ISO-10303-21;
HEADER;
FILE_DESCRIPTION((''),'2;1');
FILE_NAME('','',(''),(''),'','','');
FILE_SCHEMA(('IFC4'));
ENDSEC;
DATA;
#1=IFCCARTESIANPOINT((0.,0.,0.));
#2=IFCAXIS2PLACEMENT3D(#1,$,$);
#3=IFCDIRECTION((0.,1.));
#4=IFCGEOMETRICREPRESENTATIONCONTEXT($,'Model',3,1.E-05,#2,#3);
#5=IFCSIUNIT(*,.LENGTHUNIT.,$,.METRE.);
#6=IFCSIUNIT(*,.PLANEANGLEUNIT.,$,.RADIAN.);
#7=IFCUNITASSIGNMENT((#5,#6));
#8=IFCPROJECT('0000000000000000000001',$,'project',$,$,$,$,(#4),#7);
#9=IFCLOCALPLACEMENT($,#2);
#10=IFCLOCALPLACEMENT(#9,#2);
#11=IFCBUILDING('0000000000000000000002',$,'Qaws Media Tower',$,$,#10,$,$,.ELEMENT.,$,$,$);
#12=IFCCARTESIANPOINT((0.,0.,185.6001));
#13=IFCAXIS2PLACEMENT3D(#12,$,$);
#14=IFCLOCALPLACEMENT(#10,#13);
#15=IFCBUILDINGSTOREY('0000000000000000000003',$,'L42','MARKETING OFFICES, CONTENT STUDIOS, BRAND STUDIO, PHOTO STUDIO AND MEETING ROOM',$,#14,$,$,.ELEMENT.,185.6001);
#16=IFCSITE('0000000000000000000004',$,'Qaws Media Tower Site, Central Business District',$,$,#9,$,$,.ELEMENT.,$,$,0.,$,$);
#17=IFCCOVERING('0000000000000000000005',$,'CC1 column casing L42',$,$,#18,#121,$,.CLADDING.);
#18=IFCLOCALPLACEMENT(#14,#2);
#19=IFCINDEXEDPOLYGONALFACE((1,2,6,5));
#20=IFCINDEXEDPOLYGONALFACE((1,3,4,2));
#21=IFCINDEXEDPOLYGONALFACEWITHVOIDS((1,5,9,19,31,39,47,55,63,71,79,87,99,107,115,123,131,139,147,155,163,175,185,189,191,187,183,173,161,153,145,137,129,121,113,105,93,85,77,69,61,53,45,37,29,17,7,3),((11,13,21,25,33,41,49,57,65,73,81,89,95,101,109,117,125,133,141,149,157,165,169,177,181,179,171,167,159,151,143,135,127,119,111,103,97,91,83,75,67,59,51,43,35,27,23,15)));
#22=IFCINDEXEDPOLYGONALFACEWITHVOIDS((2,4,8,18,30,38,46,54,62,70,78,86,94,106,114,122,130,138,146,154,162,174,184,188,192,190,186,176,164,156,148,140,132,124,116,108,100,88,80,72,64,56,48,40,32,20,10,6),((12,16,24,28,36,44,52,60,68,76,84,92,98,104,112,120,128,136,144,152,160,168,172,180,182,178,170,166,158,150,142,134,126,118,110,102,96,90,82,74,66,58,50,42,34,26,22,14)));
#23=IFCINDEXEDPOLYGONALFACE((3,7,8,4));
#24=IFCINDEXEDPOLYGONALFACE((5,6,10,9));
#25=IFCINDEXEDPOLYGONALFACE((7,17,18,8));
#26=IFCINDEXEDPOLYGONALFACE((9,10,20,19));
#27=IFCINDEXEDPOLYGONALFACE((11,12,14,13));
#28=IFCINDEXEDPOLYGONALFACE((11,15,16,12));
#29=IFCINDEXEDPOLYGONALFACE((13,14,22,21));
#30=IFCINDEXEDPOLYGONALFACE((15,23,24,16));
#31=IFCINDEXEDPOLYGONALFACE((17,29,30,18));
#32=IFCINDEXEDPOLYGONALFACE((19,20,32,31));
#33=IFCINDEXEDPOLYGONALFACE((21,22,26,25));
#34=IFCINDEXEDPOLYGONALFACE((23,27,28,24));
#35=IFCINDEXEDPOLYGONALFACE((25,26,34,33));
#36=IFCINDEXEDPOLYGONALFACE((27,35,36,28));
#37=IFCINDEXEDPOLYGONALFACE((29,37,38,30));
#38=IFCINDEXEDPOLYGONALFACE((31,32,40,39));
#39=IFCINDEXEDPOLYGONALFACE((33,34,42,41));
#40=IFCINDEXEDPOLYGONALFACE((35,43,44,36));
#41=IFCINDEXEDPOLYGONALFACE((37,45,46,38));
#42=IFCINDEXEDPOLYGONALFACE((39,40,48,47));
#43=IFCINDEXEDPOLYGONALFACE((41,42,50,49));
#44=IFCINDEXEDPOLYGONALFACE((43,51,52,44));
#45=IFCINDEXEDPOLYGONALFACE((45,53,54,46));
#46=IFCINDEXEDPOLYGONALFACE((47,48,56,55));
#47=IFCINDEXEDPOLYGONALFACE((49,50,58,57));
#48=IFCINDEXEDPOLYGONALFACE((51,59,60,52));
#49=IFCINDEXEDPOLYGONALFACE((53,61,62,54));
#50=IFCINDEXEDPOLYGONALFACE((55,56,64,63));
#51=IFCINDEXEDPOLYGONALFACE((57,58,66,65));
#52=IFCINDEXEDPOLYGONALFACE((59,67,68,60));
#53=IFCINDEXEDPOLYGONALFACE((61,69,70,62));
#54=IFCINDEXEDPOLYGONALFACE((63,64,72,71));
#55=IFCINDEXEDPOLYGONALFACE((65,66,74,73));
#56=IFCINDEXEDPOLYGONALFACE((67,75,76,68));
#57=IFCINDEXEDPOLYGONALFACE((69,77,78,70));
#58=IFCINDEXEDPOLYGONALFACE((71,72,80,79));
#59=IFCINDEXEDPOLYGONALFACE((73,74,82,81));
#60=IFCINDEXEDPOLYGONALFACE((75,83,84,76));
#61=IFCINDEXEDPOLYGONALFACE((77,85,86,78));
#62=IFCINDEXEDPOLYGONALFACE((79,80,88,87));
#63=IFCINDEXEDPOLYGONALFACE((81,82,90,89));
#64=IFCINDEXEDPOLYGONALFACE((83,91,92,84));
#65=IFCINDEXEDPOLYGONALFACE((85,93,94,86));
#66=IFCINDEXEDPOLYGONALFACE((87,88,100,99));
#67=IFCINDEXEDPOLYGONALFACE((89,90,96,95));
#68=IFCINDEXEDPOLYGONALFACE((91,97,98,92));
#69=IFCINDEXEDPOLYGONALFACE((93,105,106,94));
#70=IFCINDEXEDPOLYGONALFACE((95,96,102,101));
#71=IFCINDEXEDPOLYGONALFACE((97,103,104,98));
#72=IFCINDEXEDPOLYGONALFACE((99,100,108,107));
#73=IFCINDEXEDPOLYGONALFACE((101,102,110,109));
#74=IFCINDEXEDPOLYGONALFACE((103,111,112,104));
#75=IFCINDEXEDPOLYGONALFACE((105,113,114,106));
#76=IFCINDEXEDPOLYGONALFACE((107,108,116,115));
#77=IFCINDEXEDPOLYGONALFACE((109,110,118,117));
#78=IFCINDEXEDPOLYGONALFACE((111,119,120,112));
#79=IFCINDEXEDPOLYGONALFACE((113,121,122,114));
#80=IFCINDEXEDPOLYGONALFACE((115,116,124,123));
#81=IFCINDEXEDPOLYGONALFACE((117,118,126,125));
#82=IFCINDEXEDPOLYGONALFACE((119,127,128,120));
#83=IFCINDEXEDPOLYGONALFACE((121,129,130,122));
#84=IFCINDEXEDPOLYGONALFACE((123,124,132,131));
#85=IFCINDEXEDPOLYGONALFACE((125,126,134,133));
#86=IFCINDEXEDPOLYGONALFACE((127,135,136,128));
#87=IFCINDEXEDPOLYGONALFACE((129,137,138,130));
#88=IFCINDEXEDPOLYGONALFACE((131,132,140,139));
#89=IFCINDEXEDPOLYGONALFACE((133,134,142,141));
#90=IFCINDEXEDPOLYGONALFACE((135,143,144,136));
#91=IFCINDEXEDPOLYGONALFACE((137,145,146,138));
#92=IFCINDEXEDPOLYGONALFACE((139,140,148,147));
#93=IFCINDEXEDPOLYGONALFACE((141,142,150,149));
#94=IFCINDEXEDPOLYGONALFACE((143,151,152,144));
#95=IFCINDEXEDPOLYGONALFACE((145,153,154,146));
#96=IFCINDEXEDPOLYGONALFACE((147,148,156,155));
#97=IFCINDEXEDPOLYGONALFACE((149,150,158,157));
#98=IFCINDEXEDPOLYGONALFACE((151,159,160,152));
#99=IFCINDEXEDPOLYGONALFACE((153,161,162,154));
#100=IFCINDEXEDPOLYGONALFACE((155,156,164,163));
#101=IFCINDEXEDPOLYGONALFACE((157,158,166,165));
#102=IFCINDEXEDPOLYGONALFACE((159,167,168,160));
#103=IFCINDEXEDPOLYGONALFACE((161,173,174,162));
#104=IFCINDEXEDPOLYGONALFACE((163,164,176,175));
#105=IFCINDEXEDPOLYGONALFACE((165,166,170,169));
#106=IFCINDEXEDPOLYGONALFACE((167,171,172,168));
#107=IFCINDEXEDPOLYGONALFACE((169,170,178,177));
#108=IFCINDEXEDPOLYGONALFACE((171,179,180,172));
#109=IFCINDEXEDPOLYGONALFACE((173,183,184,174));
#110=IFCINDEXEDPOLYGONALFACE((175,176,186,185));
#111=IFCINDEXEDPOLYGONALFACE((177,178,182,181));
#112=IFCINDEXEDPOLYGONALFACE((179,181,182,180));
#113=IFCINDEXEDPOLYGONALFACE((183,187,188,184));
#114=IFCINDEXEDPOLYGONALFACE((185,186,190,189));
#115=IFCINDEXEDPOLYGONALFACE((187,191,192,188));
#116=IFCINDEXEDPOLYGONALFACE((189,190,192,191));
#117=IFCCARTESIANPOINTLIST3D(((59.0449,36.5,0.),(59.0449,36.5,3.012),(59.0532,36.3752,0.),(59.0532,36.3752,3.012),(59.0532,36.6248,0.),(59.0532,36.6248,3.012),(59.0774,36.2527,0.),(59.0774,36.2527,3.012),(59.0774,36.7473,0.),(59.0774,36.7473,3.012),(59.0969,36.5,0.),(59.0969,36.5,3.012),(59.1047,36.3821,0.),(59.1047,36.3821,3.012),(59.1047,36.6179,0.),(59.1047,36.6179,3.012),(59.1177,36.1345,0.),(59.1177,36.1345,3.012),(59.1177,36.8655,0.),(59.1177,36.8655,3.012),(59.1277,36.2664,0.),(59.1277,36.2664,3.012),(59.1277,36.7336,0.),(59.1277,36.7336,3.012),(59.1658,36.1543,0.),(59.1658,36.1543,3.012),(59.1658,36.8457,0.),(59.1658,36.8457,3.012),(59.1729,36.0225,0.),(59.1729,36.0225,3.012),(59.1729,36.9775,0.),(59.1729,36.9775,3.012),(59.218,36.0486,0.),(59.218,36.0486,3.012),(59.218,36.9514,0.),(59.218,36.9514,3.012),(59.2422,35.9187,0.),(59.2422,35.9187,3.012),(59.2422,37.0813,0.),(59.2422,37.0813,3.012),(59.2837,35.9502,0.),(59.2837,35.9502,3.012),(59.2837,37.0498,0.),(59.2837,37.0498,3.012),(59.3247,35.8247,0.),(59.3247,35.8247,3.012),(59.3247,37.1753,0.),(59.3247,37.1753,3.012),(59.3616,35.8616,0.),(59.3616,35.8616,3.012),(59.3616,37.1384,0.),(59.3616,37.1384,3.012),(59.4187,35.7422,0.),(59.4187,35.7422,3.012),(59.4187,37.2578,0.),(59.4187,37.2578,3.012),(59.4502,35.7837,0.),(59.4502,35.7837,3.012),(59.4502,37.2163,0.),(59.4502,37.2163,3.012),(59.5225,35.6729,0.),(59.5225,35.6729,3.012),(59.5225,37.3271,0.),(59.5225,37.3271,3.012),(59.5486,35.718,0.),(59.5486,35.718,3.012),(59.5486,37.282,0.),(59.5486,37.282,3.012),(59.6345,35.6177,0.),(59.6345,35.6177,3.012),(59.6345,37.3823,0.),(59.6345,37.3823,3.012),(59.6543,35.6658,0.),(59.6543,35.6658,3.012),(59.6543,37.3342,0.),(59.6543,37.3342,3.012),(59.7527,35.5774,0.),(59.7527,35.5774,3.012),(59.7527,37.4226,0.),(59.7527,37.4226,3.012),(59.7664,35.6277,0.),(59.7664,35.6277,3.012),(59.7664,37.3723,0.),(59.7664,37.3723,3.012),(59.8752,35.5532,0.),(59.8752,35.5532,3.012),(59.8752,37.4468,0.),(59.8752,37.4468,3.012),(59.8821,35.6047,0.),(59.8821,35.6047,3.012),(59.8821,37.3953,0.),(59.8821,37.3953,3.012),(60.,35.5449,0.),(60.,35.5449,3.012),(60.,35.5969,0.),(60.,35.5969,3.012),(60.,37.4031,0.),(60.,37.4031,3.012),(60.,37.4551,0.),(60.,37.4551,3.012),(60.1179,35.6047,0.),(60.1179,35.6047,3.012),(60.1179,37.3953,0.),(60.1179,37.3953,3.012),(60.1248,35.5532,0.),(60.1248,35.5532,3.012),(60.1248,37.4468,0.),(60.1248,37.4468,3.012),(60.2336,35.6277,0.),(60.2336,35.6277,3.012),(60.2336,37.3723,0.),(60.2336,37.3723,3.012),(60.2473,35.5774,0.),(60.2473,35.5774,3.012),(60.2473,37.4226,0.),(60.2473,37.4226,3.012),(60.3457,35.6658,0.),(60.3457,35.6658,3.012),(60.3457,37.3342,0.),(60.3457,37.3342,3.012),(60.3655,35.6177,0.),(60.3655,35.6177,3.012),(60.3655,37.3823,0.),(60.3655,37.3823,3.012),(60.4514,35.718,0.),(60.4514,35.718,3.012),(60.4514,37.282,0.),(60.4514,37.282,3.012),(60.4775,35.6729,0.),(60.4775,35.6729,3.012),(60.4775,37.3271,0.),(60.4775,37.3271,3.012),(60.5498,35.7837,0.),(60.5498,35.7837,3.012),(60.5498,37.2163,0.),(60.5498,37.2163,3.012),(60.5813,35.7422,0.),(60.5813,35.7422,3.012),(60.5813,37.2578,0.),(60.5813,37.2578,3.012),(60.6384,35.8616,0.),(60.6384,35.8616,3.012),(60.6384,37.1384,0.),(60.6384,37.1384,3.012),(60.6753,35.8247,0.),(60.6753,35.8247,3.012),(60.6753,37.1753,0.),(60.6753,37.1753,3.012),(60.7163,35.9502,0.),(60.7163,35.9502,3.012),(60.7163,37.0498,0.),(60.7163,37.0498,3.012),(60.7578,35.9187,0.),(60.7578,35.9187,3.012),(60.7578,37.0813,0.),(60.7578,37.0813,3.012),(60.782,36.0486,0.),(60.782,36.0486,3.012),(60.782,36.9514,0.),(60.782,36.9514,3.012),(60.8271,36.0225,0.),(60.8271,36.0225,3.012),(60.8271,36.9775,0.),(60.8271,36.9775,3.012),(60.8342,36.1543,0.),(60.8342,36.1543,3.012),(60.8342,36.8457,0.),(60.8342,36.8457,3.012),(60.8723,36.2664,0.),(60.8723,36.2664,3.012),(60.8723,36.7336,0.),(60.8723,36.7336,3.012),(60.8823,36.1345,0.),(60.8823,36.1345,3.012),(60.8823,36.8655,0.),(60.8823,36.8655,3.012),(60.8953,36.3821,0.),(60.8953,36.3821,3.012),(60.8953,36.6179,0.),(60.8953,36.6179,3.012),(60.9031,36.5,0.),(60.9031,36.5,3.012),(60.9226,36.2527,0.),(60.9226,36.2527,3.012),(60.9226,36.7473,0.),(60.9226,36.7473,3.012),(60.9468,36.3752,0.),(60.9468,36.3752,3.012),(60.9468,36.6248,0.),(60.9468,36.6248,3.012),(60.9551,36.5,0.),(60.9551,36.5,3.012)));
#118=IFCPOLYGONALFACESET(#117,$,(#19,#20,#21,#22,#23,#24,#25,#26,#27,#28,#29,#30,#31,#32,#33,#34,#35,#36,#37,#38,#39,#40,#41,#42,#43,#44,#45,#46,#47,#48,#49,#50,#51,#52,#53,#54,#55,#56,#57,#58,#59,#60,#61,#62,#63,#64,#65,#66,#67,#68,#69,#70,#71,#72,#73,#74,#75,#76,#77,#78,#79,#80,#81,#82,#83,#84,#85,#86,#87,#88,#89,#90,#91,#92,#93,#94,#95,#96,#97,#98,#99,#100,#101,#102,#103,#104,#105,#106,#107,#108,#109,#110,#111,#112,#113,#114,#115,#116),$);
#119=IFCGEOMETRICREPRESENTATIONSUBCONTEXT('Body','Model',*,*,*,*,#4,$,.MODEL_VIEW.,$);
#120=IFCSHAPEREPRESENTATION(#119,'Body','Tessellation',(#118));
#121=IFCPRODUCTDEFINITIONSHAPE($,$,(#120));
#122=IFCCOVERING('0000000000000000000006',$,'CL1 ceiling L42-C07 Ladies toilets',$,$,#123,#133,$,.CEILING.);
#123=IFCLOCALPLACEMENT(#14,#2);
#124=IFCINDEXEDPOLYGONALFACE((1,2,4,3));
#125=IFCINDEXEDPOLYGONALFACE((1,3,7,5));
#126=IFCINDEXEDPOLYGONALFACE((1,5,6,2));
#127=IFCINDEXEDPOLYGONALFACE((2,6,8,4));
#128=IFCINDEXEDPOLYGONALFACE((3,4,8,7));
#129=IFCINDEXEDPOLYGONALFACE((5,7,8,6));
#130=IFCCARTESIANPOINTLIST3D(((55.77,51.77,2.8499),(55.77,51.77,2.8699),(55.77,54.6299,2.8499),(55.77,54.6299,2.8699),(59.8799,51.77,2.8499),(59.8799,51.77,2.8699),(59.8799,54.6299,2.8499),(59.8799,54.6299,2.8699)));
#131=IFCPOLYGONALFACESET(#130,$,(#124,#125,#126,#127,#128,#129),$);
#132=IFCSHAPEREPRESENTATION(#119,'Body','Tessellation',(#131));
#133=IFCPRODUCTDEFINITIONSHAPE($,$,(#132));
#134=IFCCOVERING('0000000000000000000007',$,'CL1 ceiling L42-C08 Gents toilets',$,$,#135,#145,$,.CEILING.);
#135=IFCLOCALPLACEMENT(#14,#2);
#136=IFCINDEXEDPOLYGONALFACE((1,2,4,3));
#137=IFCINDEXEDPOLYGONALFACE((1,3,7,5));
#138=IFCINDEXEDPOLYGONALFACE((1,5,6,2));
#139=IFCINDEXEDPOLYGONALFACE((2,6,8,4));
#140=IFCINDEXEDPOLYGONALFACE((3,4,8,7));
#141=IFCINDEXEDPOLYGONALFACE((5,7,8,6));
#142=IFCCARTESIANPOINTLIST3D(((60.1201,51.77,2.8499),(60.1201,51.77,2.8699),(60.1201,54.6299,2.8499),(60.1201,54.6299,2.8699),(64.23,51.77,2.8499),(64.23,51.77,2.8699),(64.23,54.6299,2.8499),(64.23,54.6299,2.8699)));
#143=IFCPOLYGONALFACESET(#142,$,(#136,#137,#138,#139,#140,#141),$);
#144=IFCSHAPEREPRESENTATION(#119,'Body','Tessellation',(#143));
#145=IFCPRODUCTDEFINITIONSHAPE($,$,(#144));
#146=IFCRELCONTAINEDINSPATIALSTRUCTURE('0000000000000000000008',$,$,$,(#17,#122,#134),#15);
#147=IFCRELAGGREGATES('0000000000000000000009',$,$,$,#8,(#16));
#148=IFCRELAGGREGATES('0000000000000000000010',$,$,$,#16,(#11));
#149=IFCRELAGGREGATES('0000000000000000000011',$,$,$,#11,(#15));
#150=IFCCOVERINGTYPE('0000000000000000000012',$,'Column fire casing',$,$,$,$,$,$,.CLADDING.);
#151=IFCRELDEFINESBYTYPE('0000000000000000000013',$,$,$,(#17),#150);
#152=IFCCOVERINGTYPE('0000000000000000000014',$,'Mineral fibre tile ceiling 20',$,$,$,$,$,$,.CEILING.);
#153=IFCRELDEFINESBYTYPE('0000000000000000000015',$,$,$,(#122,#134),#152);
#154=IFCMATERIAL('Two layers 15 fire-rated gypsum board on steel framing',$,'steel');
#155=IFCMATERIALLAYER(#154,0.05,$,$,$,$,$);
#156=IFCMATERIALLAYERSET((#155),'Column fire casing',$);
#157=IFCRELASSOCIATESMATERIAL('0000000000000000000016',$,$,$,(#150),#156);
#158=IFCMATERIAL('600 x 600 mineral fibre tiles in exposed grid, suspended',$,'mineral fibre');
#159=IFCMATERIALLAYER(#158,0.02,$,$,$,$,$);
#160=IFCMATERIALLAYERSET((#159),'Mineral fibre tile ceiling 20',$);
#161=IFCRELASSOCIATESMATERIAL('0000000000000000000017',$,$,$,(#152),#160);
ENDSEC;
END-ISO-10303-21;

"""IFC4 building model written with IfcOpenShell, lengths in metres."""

from ifc_helpers import new_model, si_unit, direction, frame, origin, place, context, subcontext, project, spatial, polyline, outline, extrude, material, layer, layer_set, type_object, element, save


model = new_model("IFC4")

# Units and contexts
model_context = context("Model", 3, precision=1e-05, world=origin(), true_north=direction((0.0, 1.0)))
body_context = subcontext(model_context, "Body", "Model", "MODEL_VIEW")
ifc_project = project(units=[si_unit("LENGTHUNIT", "METRE"), si_unit("PLANEANGLEUNIT", "RADIAN")], contexts=[model_context])

# Site, building, storey
site_placement = place(None, origin())
site = spatial("IfcSite", under=ifc_project, at=site_placement, Name="Qaws Media Tower Site, Central Business District", CompositionType="ELEMENT", RefElevation=0.0)
building_placement = place(site_placement, origin())
building = spatial("IfcBuilding", under=site, at=building_placement, Name="Qaws Media Tower", CompositionType="ELEMENT")
storey_placement = place(building_placement, frame((0.0, 0.0, 185.6001)))
storey = spatial("IfcBuildingStorey", under=building, at=storey_placement, Name="L42", Description="MARKETING OFFICES, CONTENT STUDIOS, BRAND STUDIO, PHOTO STUDIO AND MEETING ROOM", CompositionType="ELEMENT", Elevation=185.6001)

# Coverings
ifc_material_1 = material(Name="Two layers 15 fire-rated gypsum board on steel framing", Category="steel")
ifc_layer_1 = layer(ifc_material_1, 0.05)
ifc_layer_set_1 = layer_set([ifc_layer_1], Name="Column fire casing")
covering_type_1 = type_object("IfcCoveringType", Name="Column fire casing", PredefinedType="CLADDING", material=ifc_layer_set_1)
covering_1_placement = place(storey_placement, origin())
element("IfcCovering", 1, at=covering_1_placement, inside=storey, type_object=covering_type_1, Name="CC1 column casing L42", PredefinedType="CLADDING", context=body_context, shape_type="SweptSolid", body=[
    extrude(outline(polyline([(60.9551, 36.5), (60.9468, 36.3752), (60.9226, 36.2527), (60.8823, 36.1345), (60.8271, 36.0225), (60.7578, 35.9187), (60.6753, 35.8247), (60.5813, 35.7422), (60.4775, 35.6729), (60.3655, 35.6177), (60.2473, 35.5774), (60.1248, 35.5532), (60.0, 35.5449), (59.8752, 35.5532), (59.7527, 35.5774), (59.6345, 35.6177), (59.5225, 35.6729), (59.4187, 35.7422), (59.3247, 35.8247), (59.2422, 35.9187), (59.1729, 36.0225), (59.1177, 36.1345), (59.0774, 36.2527), (59.0532, 36.3752), (59.0449, 36.5), (59.0532, 36.6248), (59.0774, 36.7473), (59.1177, 36.8655), (59.1729, 36.9775), (59.2422, 37.0813), (59.3247, 37.1753), (59.4187, 37.2578), (59.5225, 37.3271), (59.6345, 37.3823), (59.7527, 37.4226), (59.8752, 37.4468), (60.0, 37.4551), (60.1248, 37.4468), (60.2473, 37.4226), (60.3655, 37.3823), (60.4775, 37.3271), (60.5813, 37.2578), (60.6753, 37.1753), (60.7578, 37.0813), (60.8271, 36.9775), (60.8823, 36.8655), (60.9226, 36.7473), (60.9468, 36.6248), (60.9551, 36.5)]), holes=[polyline([(60.9031, 36.5), (60.8953, 36.3821), (60.8723, 36.2664), (60.8342, 36.1543), (60.782, 36.0486), (60.7163, 35.9502), (60.6384, 35.8616), (60.5498, 35.7837), (60.4514, 35.718), (60.3457, 35.6658), (60.2336, 35.6277), (60.1179, 35.6047), (60.0, 35.5969), (59.8821, 35.6047), (59.7664, 35.6277), (59.6543, 35.6658), (59.5486, 35.718), (59.4502, 35.7837), (59.3616, 35.8616), (59.2837, 35.9502), (59.218, 36.0486), (59.1658, 36.1543), (59.1277, 36.2664), (59.1047, 36.3821), (59.0969, 36.5), (59.1047, 36.6179), (59.1277, 36.7336), (59.1658, 36.8457), (59.218, 36.9514), (59.2837, 37.0498), (59.3616, 37.1384), (59.4502, 37.2163), (59.5486, 37.282), (59.6543, 37.3342), (59.7664, 37.3723), (59.8821, 37.3953), (60.0, 37.4031), (60.1179, 37.3953), (60.2336, 37.3723), (60.3457, 37.3342), (60.4514, 37.282), (60.5498, 37.2163), (60.6384, 37.1384), (60.7163, 37.0498), (60.782, 36.9514), (60.8342, 36.8457), (60.8723, 36.7336), (60.8953, 36.6179), (60.9031, 36.5)])]), origin(), (0.0, 0.0, 1.0), 3.012),
])
ifc_material_2 = material(Name="600 x 600 mineral fibre tiles in exposed grid, suspended", Category="mineral fibre")
ifc_layer_2 = layer(ifc_material_2, 0.02)
ifc_layer_set_2 = layer_set([ifc_layer_2], Name="Mineral fibre tile ceiling 20")
covering_type_2 = type_object("IfcCoveringType", Name="Mineral fibre tile ceiling 20", PredefinedType="CEILING", material=ifc_layer_set_2)
covering_2_placement = place(storey_placement, frame((0.0, 0.0, 2.8499)))
element("IfcCovering", 2, at=covering_2_placement, inside=storey, type_object=covering_type_2, Name="CL1 ceiling L42-C07 Ladies toilets", PredefinedType="CEILING", context=body_context, shape_type="SweptSolid", body=[
    extrude(outline(polyline([(55.77, 51.77), (55.77, 54.6299), (59.8799, 54.6299), (59.8799, 51.77), (55.77, 51.77)])), origin(), (0.0, 0.0, 1.0), 0.02),
])
covering_3_placement = place(storey_placement, frame((0.0, 0.0, 2.8499)))
element("IfcCovering", 3, at=covering_3_placement, inside=storey, type_object=covering_type_2, Name="CL1 ceiling L42-C08 Gents toilets", PredefinedType="CEILING", context=body_context, shape_type="SweptSolid", body=[
    extrude(outline(polyline([(60.1201, 51.77), (60.1201, 54.6299), (64.23, 54.6299), (64.23, 51.77), (60.1201, 51.77)])), origin(), (0.0, 0.0, 1.0), 0.02),
])

save(model, "model.ifc")
